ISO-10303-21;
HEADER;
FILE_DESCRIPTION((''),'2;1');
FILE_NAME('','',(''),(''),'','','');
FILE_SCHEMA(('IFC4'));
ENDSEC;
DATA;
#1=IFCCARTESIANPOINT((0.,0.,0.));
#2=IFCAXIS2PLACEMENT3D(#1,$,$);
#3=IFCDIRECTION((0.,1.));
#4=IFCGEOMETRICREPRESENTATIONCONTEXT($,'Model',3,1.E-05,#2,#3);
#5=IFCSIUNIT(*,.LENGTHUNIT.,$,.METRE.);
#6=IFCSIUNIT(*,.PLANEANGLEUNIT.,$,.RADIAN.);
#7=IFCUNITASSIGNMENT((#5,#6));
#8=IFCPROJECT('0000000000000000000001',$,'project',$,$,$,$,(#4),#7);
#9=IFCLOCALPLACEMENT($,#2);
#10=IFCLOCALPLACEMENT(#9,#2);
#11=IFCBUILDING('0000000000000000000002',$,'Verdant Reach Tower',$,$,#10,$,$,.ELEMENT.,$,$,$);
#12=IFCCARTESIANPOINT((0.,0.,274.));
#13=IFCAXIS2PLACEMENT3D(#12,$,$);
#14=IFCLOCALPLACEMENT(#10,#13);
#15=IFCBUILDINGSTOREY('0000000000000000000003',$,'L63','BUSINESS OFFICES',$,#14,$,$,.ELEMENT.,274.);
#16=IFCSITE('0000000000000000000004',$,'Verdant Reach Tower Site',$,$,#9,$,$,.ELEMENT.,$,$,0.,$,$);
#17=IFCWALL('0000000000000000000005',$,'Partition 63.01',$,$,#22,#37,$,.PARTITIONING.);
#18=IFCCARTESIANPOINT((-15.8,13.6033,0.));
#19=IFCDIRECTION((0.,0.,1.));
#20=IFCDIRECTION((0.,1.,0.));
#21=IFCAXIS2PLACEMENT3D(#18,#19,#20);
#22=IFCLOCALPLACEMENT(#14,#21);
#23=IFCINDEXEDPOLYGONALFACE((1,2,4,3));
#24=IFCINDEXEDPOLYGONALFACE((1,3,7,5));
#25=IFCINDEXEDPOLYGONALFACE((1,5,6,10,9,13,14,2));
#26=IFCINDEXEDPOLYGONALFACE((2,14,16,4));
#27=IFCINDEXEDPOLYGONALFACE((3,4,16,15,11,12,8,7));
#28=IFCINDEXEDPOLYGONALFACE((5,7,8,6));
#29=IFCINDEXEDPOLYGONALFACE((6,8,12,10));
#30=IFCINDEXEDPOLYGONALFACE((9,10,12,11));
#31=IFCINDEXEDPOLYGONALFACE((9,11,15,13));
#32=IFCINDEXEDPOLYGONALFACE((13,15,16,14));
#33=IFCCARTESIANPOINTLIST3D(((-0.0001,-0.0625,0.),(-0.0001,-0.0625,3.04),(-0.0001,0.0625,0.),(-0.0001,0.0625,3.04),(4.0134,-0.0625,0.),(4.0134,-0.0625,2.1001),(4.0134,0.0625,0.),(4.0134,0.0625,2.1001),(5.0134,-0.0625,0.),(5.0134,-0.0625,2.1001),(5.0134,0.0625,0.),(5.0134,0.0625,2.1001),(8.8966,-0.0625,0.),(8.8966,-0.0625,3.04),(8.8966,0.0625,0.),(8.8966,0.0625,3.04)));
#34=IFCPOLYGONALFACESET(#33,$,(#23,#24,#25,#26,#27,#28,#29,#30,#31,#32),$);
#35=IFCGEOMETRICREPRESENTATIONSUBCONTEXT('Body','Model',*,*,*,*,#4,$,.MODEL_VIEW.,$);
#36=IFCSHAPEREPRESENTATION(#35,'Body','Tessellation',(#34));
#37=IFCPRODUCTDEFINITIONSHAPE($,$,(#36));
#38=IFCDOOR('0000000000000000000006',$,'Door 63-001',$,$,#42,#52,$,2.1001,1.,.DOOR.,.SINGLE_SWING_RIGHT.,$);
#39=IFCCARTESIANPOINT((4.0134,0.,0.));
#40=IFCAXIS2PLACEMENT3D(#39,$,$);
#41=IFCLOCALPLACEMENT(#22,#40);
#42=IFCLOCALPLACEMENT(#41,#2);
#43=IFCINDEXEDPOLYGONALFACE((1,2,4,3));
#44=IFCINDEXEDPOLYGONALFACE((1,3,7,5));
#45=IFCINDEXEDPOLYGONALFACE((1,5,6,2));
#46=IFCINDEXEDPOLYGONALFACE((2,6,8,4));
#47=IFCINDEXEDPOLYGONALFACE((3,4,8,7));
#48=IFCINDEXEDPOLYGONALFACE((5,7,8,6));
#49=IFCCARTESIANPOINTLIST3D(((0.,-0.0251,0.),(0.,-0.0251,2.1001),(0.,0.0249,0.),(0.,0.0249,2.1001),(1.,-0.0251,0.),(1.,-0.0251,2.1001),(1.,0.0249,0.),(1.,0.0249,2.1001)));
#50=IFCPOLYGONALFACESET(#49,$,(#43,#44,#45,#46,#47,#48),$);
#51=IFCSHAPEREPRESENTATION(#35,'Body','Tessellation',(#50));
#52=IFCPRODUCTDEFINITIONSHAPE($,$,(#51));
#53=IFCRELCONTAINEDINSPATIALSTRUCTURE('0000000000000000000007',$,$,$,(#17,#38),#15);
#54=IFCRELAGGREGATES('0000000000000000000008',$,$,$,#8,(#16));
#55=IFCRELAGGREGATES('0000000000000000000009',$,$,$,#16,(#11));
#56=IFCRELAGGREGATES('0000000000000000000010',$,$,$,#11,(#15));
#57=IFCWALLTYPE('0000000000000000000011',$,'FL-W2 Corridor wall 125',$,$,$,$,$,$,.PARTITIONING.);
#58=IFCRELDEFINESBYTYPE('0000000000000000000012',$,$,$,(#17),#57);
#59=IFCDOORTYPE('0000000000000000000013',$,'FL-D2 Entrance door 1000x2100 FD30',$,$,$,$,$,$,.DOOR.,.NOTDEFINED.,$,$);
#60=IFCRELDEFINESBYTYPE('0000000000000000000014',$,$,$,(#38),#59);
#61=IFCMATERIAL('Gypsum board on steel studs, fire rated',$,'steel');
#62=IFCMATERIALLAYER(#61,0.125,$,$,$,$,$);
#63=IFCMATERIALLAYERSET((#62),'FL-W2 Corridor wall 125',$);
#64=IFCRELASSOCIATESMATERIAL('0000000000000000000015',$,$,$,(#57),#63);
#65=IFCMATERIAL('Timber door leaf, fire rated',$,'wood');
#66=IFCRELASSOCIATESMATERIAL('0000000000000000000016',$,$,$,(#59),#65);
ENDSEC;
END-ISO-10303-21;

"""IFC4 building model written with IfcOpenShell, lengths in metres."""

from ifc_helpers import new_model, si_unit, direction, frame, frame_2d, origin, place, context, subcontext, project, spatial, rectangle, extrude, material, layer, layer_set, type_object, element, fill, save


model = new_model("IFC4")

# Units and contexts
model_context = context("Model", 3, precision=1e-05, world=origin(), true_north=direction((0.0, 1.0)))
body_context = subcontext(model_context, "Body", "Model", "MODEL_VIEW")
ifc_project = project(units=[si_unit("LENGTHUNIT", "METRE"), si_unit("PLANEANGLEUNIT", "RADIAN")], contexts=[model_context])

# Site, building, storey
site_placement = place(None, origin())
site = spatial("IfcSite", under=ifc_project, at=site_placement, Name="Verdant Reach Tower Site", CompositionType="ELEMENT", RefElevation=0.0)
building_placement = place(site_placement, origin())
building = spatial("IfcBuilding", under=site, at=building_placement, Name="Verdant Reach Tower", CompositionType="ELEMENT")
storey_placement = place(building_placement, frame((0.0, 0.0, 274.0)))
storey = spatial("IfcBuildingStorey", under=building, at=storey_placement, Name="L63", Description="BUSINESS OFFICES", CompositionType="ELEMENT", Elevation=274.0)

# Wall, opening, door
ifc_material_1 = material(Name="Gypsum board on steel studs, fire rated", Category="steel")
ifc_layer_1 = layer(ifc_material_1, 0.125)
ifc_layer_set_1 = layer_set([ifc_layer_1], Name="FL-W2 Corridor wall 125")
wall_type = type_object("IfcWallType", Name="FL-W2 Corridor wall 125", PredefinedType="PARTITIONING", material=ifc_layer_set_1)
wall_placement = place(storey_placement, frame((-15.8, 13.6033, 0.0), z_axis=(0.0, 0.0, 1.0), x_axis=(0.0, 1.0, 0.0)))
wall = element("IfcWall", 1, at=wall_placement, inside=storey, type_object=wall_type, Name="Partition 63.01", PredefinedType="PARTITIONING", context=body_context, shape_type="SweptSolid", body=[
    extrude(rectangle(XDim=8.8967, YDim=0.125, at=frame_2d((4.4482, 0.0))), origin(), (0.0, 0.0, 1.0), 3.04),
])
opening_placement = place(wall_placement, frame((4.0134, 0.0, 0.0)))
opening = element("IfcOpeningElement", 2, at=opening_placement, cuts=wall, PredefinedType="OPENING", context=body_context, shape_type="SweptSolid", body=[
    extrude(rectangle(XDim=1.0, YDim=2.1001, at=frame_2d((0.5, 1.05))), frame((0.0, 0.0725, 0.0), z_axis=(0.0, -1.0, 0.0), x_axis=(1.0, 0.0, 0.0)), (0.0, 0.0, 1.0), 0.145),
])
ifc_material_2 = material(Name="Timber door leaf, fire rated", Category="wood")
door_type = type_object("IfcDoorType", Name="FL-D2 Entrance door 1000x2100 FD30", OperationType="NOTDEFINED", PredefinedType="DOOR", material=ifc_material_2)
door_placement = place(opening_placement, origin())
door = element("IfcDoor", 3, at=door_placement, inside=storey, type_object=door_type, Name="Door 63-001", OperationType="SINGLE_SWING_RIGHT", OverallHeight=2.1001, OverallWidth=1.0, PredefinedType="DOOR", context=body_context, shape_type="SweptSolid", body=[
    extrude(rectangle(XDim=1.0, YDim=2.1001, at=frame_2d((0.5, 1.05))), frame((0.0, 0.0249, 0.0), z_axis=(0.0, -1.0, 0.0), x_axis=(1.0, 0.0, 0.0)), (0.0, 0.0, 1.0), 0.05),
])
fill(opening, door)

save(model, "model.ifc")
